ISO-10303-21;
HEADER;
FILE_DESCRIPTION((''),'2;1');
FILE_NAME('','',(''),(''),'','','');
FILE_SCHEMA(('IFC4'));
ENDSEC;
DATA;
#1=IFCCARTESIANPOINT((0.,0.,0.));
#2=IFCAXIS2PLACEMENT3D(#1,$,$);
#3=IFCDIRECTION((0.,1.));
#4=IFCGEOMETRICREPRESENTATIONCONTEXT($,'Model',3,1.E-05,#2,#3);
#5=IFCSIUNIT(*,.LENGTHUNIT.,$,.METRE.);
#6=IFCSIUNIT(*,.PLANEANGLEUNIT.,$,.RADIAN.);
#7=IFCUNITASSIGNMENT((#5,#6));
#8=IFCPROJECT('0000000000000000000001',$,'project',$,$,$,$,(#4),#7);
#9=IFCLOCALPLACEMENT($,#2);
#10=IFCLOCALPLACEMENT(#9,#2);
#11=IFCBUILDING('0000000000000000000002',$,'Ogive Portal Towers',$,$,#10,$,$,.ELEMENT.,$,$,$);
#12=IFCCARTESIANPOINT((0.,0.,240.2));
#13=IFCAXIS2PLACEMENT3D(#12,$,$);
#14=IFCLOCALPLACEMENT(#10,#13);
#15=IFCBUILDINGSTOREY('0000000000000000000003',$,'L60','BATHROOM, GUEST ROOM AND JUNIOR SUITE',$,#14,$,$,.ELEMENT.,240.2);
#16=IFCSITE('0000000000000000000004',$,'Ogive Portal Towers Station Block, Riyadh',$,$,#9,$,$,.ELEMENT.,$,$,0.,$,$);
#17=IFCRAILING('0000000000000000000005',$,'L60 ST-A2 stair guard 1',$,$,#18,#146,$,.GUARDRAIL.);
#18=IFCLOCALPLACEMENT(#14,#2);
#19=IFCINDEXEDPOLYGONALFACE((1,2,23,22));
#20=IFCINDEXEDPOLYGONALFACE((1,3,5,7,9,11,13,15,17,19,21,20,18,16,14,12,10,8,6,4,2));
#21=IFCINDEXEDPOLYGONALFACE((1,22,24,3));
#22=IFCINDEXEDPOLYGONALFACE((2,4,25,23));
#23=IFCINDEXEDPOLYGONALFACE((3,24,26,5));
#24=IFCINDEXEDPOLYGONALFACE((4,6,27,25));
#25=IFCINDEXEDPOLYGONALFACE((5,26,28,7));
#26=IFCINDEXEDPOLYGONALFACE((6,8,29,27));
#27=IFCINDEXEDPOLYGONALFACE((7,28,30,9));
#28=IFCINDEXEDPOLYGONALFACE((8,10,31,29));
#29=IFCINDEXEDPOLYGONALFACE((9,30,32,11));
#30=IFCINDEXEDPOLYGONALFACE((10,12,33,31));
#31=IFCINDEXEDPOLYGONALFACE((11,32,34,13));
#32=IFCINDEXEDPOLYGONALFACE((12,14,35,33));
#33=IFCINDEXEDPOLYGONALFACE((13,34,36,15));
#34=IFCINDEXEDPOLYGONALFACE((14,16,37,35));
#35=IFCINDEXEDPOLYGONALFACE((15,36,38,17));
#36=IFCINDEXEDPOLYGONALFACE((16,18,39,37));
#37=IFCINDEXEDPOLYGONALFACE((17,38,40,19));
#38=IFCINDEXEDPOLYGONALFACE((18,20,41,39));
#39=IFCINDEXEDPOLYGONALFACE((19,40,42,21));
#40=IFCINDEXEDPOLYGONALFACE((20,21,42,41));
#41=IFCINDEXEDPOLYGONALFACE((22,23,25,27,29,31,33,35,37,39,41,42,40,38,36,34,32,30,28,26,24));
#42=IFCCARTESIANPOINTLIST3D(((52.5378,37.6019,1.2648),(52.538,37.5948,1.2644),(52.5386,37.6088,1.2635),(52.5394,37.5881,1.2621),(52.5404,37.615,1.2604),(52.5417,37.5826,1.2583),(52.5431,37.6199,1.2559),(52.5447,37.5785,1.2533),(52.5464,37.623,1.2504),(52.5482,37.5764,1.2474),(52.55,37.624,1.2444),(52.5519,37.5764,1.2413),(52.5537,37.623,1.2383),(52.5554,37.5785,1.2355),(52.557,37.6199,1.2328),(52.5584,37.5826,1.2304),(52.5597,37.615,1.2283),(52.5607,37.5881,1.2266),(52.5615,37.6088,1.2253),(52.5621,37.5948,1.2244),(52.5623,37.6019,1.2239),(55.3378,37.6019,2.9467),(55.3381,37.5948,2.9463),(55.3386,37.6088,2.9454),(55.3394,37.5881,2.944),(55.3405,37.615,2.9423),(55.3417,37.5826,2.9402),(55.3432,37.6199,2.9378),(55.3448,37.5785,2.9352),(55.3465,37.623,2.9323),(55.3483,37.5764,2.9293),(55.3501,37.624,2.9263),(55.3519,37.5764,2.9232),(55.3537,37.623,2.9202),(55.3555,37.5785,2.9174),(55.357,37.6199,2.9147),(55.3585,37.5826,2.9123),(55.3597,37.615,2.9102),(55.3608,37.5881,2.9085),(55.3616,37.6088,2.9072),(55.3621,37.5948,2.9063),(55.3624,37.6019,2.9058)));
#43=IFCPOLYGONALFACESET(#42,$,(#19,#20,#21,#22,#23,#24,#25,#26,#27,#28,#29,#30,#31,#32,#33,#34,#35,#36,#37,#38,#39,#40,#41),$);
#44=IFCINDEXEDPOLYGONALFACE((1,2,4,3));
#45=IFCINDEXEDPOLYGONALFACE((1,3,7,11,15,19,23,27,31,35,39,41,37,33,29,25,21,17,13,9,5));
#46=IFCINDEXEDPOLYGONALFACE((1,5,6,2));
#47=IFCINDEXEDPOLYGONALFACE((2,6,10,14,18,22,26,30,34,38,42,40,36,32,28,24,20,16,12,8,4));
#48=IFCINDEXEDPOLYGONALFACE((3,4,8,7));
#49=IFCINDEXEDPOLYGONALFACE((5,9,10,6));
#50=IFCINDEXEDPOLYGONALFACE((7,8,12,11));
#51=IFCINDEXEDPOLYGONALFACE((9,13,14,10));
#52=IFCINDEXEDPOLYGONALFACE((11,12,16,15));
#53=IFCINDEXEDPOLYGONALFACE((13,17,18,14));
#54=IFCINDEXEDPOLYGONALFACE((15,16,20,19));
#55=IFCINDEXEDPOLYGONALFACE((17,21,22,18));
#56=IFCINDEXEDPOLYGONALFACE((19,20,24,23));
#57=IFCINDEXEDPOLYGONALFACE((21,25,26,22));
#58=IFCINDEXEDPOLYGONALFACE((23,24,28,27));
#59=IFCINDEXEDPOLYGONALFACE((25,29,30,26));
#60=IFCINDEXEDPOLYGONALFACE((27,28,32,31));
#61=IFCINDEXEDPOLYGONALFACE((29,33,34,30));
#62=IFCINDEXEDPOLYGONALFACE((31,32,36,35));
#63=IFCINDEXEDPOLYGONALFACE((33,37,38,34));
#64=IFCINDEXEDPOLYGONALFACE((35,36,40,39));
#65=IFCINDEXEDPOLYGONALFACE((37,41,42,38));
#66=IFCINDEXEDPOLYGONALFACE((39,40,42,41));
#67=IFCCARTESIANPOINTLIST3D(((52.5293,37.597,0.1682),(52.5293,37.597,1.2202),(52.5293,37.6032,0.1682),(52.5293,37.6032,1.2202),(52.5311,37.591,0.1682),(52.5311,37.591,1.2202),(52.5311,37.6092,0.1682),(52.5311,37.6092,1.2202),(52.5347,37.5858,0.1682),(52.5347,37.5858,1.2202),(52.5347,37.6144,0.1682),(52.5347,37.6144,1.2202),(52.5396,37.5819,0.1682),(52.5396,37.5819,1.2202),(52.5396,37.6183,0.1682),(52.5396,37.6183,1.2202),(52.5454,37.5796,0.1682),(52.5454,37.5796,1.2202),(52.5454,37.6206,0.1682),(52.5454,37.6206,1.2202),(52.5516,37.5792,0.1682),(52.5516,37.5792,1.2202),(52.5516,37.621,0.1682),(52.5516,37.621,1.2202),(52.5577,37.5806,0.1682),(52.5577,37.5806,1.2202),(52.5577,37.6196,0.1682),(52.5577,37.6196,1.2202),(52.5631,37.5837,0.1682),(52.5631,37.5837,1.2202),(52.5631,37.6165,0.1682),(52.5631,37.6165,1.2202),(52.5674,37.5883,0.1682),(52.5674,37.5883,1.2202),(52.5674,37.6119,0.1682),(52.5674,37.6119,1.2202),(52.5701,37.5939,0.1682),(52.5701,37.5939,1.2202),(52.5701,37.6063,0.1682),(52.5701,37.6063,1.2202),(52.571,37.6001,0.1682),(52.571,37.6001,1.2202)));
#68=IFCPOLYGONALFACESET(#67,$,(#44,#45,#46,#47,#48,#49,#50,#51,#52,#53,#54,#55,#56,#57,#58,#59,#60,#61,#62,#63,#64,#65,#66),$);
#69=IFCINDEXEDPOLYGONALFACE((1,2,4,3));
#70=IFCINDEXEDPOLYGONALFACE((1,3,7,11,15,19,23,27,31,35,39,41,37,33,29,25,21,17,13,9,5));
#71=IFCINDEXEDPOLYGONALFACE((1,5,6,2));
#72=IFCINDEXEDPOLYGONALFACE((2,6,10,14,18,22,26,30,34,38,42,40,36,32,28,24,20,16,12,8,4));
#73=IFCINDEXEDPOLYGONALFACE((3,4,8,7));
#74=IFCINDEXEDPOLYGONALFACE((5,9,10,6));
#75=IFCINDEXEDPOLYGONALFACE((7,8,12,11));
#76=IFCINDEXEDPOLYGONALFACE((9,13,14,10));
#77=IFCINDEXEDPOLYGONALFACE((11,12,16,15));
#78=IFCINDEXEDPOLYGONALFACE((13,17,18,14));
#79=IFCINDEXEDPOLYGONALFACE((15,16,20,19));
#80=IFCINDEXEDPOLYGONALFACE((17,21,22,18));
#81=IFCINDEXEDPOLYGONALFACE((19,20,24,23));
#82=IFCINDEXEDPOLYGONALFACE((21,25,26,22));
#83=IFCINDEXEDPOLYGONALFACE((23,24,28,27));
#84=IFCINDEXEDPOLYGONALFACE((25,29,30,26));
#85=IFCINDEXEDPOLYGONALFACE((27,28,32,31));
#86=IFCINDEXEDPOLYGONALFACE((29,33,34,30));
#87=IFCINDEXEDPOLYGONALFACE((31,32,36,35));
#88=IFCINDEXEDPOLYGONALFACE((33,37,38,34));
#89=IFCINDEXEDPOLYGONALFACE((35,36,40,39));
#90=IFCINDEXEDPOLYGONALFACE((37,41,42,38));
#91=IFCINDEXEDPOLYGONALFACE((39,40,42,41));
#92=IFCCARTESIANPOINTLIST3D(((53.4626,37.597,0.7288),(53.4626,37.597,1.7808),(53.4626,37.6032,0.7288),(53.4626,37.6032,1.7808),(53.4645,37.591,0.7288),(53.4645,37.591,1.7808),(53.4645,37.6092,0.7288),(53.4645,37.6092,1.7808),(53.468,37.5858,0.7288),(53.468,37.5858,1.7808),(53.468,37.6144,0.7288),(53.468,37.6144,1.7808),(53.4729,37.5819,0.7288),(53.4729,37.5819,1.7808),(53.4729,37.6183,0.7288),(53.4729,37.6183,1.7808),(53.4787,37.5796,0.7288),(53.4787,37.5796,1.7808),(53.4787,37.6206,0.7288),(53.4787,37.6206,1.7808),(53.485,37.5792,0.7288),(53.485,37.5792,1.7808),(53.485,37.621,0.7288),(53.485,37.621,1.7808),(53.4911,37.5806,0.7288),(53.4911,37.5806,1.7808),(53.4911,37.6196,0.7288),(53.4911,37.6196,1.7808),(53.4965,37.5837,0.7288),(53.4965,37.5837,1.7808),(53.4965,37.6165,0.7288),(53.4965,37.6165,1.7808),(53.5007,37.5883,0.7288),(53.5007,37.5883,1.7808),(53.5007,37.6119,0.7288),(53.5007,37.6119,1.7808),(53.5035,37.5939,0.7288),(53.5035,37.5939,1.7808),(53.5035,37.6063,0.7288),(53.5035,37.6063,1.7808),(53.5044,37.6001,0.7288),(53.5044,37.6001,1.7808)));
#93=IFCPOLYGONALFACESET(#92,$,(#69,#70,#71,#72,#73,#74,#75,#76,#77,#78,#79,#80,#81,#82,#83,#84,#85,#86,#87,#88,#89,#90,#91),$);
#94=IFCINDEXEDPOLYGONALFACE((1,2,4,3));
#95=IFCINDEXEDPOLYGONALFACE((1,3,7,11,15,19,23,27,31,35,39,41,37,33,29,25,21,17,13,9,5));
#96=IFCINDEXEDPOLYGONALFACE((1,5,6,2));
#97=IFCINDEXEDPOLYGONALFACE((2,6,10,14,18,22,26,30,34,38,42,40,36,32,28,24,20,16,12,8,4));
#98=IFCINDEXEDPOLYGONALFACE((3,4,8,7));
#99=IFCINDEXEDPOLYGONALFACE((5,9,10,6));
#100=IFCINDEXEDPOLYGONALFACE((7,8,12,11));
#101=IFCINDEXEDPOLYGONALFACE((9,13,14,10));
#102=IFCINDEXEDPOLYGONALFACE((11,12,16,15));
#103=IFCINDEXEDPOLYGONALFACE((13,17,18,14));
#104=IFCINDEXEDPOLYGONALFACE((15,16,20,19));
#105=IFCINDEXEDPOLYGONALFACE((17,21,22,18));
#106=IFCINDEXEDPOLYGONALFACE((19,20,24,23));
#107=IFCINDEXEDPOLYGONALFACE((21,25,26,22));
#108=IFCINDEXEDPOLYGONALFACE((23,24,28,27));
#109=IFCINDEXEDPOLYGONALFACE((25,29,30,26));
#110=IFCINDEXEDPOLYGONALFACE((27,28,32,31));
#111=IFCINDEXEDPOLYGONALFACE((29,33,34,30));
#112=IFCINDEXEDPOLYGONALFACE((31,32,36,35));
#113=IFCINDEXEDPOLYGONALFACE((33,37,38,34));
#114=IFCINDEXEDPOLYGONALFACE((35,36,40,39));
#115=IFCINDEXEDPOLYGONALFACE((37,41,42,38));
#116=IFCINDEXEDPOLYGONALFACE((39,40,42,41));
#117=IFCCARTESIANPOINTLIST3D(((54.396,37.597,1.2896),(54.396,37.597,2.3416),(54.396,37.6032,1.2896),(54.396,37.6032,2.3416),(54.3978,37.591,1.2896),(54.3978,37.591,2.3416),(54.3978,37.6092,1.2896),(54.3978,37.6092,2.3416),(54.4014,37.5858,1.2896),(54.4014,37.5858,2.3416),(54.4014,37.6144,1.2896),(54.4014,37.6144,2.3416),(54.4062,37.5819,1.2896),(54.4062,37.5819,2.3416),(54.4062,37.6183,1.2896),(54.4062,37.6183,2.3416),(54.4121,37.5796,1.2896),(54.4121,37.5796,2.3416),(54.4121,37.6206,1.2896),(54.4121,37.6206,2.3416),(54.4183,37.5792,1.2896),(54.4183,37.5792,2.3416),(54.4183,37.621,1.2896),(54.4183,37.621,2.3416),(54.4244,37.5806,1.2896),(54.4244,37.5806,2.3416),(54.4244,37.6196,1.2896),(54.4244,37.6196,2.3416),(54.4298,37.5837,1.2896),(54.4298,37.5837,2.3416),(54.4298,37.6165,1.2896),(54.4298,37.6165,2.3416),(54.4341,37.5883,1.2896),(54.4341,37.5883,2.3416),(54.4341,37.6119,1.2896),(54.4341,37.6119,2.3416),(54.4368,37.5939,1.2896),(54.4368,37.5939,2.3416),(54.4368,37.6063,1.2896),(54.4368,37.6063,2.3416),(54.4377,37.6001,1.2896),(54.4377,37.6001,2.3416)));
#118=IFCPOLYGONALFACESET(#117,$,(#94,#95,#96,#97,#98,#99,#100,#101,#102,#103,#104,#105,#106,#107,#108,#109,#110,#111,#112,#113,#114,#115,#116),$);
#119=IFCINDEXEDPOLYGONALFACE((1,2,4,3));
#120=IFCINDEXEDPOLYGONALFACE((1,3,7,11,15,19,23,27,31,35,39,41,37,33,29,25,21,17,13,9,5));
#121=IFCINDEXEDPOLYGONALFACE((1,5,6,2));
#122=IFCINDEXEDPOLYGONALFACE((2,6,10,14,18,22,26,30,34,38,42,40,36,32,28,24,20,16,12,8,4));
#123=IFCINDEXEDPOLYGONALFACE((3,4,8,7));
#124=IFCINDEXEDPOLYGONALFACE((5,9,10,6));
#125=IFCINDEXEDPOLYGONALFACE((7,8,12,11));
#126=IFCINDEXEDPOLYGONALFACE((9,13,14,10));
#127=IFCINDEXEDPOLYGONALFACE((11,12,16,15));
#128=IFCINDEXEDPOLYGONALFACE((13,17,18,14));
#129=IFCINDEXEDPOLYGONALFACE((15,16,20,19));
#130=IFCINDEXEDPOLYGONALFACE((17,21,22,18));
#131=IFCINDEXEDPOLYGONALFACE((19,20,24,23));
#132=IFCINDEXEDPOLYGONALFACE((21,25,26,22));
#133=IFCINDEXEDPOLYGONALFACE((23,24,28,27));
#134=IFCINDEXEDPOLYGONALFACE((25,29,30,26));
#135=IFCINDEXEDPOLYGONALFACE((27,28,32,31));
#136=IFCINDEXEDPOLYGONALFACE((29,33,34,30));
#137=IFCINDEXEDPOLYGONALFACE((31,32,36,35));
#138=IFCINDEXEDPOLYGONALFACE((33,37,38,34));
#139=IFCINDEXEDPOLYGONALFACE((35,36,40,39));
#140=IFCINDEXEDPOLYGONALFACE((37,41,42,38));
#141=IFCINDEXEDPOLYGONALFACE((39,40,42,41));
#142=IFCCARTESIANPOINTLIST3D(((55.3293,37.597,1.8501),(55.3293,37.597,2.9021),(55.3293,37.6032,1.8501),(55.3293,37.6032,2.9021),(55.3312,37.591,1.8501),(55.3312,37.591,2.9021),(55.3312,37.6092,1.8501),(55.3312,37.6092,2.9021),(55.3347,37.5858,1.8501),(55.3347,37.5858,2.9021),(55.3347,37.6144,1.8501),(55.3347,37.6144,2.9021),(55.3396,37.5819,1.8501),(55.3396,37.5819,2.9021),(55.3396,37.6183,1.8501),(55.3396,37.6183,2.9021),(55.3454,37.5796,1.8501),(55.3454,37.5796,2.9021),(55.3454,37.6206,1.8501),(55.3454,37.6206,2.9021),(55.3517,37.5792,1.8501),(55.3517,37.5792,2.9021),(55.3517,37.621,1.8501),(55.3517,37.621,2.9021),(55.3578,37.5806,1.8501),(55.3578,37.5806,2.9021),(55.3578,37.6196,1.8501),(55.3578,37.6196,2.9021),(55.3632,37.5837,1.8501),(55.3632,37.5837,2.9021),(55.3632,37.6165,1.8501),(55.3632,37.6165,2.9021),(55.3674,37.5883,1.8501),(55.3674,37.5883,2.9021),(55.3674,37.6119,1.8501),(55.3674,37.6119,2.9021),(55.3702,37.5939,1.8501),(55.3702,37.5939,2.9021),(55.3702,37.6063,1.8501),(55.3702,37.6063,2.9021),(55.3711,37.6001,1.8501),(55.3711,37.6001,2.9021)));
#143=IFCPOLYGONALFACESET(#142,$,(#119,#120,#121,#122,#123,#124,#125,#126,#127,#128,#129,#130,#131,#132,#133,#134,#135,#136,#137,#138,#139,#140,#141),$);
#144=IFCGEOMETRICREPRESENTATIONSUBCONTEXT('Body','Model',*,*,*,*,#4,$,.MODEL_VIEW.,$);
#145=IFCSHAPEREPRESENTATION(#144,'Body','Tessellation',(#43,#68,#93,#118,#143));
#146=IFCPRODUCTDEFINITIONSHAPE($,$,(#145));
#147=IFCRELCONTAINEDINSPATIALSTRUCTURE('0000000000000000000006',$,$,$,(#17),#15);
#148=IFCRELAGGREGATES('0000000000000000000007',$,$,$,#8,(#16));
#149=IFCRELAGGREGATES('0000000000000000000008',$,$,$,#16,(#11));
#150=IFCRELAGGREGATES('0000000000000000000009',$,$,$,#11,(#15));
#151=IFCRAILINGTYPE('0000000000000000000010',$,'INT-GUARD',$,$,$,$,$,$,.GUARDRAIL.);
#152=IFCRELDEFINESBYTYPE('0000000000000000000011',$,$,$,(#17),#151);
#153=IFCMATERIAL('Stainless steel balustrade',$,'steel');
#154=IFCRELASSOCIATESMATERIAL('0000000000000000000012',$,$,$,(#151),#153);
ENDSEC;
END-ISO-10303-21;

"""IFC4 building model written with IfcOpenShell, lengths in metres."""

from ifc_helpers import new_model, si_unit, direction, frame, origin, origin_2d, place, context, subcontext, project, spatial, circle, extrude, material, type_object, element, save


model = new_model("IFC4")

# Units and contexts
model_context = context("Model", 3, precision=1e-05, world=origin(), true_north=direction((0.0, 1.0)))
body_context = subcontext(model_context, "Body", "Model", "MODEL_VIEW")
ifc_project = project(units=[si_unit("LENGTHUNIT", "METRE"), si_unit("PLANEANGLEUNIT", "RADIAN")], contexts=[model_context])

# Site, building, storey
site_placement = place(None, origin())
site = spatial("IfcSite", under=ifc_project, at=site_placement, Name="Ogive Portal Towers Station Block, Riyadh", CompositionType="ELEMENT", RefElevation=0.0)
building_placement = place(site_placement, origin())
building = spatial("IfcBuilding", under=site, at=building_placement, Name="Ogive Portal Towers", CompositionType="ELEMENT")
storey_placement = place(building_placement, frame((0.0, 0.0, 240.2)))
storey = spatial("IfcBuildingStorey", under=building, at=storey_placement, Name="L60", Description="BATHROOM, GUEST ROOM AND JUNIOR SUITE", CompositionType="ELEMENT", Elevation=240.2)

# Railing
ifc_material_1 = material(Name="Stainless steel balustrade", Category="steel")
railing_type_1 = type_object("IfcRailingType", Name="INT-GUARD", PredefinedType="GUARDRAIL", material=ifc_material_1)
railing_1_placement = place(storey_placement, frame((52.55, 37.6001, 0.1682)))
element("IfcRailing", 1, at=railing_1_placement, inside=storey, type_object=railing_type_1, Name="L60 ST-A2 stair guard 1", PredefinedType="GUARDRAIL", context=body_context, shape_type="SweptSolid", body=[
    extrude(circle(Radius=0.0239, at=origin_2d()), frame((0.0, 0.0, 1.0762), z_axis=(0.857242, 0.0, 0.514913), x_axis=(0.0, 1.0, 0.0)), (0.0, 0.0, 1.0), 3.2664),
    extrude(circle(Radius=0.021, at=origin_2d()), origin(), (0.0, 0.0, 1.0), 1.052),
    extrude(circle(Radius=0.021, at=origin_2d()), frame((0.9333, 0.0, 0.5605)), (0.0, 0.0, 1.0), 1.052),
    extrude(circle(Radius=0.021, at=origin_2d()), frame((1.8667, 0.0, 1.1213)), (0.0, 0.0, 1.0), 1.052),
    extrude(circle(Radius=0.021, at=origin_2d()), frame((2.8, 0.0, 1.6819)), (0.0, 0.0, 1.0), 1.052),
])

save(model, "model.ifc")
